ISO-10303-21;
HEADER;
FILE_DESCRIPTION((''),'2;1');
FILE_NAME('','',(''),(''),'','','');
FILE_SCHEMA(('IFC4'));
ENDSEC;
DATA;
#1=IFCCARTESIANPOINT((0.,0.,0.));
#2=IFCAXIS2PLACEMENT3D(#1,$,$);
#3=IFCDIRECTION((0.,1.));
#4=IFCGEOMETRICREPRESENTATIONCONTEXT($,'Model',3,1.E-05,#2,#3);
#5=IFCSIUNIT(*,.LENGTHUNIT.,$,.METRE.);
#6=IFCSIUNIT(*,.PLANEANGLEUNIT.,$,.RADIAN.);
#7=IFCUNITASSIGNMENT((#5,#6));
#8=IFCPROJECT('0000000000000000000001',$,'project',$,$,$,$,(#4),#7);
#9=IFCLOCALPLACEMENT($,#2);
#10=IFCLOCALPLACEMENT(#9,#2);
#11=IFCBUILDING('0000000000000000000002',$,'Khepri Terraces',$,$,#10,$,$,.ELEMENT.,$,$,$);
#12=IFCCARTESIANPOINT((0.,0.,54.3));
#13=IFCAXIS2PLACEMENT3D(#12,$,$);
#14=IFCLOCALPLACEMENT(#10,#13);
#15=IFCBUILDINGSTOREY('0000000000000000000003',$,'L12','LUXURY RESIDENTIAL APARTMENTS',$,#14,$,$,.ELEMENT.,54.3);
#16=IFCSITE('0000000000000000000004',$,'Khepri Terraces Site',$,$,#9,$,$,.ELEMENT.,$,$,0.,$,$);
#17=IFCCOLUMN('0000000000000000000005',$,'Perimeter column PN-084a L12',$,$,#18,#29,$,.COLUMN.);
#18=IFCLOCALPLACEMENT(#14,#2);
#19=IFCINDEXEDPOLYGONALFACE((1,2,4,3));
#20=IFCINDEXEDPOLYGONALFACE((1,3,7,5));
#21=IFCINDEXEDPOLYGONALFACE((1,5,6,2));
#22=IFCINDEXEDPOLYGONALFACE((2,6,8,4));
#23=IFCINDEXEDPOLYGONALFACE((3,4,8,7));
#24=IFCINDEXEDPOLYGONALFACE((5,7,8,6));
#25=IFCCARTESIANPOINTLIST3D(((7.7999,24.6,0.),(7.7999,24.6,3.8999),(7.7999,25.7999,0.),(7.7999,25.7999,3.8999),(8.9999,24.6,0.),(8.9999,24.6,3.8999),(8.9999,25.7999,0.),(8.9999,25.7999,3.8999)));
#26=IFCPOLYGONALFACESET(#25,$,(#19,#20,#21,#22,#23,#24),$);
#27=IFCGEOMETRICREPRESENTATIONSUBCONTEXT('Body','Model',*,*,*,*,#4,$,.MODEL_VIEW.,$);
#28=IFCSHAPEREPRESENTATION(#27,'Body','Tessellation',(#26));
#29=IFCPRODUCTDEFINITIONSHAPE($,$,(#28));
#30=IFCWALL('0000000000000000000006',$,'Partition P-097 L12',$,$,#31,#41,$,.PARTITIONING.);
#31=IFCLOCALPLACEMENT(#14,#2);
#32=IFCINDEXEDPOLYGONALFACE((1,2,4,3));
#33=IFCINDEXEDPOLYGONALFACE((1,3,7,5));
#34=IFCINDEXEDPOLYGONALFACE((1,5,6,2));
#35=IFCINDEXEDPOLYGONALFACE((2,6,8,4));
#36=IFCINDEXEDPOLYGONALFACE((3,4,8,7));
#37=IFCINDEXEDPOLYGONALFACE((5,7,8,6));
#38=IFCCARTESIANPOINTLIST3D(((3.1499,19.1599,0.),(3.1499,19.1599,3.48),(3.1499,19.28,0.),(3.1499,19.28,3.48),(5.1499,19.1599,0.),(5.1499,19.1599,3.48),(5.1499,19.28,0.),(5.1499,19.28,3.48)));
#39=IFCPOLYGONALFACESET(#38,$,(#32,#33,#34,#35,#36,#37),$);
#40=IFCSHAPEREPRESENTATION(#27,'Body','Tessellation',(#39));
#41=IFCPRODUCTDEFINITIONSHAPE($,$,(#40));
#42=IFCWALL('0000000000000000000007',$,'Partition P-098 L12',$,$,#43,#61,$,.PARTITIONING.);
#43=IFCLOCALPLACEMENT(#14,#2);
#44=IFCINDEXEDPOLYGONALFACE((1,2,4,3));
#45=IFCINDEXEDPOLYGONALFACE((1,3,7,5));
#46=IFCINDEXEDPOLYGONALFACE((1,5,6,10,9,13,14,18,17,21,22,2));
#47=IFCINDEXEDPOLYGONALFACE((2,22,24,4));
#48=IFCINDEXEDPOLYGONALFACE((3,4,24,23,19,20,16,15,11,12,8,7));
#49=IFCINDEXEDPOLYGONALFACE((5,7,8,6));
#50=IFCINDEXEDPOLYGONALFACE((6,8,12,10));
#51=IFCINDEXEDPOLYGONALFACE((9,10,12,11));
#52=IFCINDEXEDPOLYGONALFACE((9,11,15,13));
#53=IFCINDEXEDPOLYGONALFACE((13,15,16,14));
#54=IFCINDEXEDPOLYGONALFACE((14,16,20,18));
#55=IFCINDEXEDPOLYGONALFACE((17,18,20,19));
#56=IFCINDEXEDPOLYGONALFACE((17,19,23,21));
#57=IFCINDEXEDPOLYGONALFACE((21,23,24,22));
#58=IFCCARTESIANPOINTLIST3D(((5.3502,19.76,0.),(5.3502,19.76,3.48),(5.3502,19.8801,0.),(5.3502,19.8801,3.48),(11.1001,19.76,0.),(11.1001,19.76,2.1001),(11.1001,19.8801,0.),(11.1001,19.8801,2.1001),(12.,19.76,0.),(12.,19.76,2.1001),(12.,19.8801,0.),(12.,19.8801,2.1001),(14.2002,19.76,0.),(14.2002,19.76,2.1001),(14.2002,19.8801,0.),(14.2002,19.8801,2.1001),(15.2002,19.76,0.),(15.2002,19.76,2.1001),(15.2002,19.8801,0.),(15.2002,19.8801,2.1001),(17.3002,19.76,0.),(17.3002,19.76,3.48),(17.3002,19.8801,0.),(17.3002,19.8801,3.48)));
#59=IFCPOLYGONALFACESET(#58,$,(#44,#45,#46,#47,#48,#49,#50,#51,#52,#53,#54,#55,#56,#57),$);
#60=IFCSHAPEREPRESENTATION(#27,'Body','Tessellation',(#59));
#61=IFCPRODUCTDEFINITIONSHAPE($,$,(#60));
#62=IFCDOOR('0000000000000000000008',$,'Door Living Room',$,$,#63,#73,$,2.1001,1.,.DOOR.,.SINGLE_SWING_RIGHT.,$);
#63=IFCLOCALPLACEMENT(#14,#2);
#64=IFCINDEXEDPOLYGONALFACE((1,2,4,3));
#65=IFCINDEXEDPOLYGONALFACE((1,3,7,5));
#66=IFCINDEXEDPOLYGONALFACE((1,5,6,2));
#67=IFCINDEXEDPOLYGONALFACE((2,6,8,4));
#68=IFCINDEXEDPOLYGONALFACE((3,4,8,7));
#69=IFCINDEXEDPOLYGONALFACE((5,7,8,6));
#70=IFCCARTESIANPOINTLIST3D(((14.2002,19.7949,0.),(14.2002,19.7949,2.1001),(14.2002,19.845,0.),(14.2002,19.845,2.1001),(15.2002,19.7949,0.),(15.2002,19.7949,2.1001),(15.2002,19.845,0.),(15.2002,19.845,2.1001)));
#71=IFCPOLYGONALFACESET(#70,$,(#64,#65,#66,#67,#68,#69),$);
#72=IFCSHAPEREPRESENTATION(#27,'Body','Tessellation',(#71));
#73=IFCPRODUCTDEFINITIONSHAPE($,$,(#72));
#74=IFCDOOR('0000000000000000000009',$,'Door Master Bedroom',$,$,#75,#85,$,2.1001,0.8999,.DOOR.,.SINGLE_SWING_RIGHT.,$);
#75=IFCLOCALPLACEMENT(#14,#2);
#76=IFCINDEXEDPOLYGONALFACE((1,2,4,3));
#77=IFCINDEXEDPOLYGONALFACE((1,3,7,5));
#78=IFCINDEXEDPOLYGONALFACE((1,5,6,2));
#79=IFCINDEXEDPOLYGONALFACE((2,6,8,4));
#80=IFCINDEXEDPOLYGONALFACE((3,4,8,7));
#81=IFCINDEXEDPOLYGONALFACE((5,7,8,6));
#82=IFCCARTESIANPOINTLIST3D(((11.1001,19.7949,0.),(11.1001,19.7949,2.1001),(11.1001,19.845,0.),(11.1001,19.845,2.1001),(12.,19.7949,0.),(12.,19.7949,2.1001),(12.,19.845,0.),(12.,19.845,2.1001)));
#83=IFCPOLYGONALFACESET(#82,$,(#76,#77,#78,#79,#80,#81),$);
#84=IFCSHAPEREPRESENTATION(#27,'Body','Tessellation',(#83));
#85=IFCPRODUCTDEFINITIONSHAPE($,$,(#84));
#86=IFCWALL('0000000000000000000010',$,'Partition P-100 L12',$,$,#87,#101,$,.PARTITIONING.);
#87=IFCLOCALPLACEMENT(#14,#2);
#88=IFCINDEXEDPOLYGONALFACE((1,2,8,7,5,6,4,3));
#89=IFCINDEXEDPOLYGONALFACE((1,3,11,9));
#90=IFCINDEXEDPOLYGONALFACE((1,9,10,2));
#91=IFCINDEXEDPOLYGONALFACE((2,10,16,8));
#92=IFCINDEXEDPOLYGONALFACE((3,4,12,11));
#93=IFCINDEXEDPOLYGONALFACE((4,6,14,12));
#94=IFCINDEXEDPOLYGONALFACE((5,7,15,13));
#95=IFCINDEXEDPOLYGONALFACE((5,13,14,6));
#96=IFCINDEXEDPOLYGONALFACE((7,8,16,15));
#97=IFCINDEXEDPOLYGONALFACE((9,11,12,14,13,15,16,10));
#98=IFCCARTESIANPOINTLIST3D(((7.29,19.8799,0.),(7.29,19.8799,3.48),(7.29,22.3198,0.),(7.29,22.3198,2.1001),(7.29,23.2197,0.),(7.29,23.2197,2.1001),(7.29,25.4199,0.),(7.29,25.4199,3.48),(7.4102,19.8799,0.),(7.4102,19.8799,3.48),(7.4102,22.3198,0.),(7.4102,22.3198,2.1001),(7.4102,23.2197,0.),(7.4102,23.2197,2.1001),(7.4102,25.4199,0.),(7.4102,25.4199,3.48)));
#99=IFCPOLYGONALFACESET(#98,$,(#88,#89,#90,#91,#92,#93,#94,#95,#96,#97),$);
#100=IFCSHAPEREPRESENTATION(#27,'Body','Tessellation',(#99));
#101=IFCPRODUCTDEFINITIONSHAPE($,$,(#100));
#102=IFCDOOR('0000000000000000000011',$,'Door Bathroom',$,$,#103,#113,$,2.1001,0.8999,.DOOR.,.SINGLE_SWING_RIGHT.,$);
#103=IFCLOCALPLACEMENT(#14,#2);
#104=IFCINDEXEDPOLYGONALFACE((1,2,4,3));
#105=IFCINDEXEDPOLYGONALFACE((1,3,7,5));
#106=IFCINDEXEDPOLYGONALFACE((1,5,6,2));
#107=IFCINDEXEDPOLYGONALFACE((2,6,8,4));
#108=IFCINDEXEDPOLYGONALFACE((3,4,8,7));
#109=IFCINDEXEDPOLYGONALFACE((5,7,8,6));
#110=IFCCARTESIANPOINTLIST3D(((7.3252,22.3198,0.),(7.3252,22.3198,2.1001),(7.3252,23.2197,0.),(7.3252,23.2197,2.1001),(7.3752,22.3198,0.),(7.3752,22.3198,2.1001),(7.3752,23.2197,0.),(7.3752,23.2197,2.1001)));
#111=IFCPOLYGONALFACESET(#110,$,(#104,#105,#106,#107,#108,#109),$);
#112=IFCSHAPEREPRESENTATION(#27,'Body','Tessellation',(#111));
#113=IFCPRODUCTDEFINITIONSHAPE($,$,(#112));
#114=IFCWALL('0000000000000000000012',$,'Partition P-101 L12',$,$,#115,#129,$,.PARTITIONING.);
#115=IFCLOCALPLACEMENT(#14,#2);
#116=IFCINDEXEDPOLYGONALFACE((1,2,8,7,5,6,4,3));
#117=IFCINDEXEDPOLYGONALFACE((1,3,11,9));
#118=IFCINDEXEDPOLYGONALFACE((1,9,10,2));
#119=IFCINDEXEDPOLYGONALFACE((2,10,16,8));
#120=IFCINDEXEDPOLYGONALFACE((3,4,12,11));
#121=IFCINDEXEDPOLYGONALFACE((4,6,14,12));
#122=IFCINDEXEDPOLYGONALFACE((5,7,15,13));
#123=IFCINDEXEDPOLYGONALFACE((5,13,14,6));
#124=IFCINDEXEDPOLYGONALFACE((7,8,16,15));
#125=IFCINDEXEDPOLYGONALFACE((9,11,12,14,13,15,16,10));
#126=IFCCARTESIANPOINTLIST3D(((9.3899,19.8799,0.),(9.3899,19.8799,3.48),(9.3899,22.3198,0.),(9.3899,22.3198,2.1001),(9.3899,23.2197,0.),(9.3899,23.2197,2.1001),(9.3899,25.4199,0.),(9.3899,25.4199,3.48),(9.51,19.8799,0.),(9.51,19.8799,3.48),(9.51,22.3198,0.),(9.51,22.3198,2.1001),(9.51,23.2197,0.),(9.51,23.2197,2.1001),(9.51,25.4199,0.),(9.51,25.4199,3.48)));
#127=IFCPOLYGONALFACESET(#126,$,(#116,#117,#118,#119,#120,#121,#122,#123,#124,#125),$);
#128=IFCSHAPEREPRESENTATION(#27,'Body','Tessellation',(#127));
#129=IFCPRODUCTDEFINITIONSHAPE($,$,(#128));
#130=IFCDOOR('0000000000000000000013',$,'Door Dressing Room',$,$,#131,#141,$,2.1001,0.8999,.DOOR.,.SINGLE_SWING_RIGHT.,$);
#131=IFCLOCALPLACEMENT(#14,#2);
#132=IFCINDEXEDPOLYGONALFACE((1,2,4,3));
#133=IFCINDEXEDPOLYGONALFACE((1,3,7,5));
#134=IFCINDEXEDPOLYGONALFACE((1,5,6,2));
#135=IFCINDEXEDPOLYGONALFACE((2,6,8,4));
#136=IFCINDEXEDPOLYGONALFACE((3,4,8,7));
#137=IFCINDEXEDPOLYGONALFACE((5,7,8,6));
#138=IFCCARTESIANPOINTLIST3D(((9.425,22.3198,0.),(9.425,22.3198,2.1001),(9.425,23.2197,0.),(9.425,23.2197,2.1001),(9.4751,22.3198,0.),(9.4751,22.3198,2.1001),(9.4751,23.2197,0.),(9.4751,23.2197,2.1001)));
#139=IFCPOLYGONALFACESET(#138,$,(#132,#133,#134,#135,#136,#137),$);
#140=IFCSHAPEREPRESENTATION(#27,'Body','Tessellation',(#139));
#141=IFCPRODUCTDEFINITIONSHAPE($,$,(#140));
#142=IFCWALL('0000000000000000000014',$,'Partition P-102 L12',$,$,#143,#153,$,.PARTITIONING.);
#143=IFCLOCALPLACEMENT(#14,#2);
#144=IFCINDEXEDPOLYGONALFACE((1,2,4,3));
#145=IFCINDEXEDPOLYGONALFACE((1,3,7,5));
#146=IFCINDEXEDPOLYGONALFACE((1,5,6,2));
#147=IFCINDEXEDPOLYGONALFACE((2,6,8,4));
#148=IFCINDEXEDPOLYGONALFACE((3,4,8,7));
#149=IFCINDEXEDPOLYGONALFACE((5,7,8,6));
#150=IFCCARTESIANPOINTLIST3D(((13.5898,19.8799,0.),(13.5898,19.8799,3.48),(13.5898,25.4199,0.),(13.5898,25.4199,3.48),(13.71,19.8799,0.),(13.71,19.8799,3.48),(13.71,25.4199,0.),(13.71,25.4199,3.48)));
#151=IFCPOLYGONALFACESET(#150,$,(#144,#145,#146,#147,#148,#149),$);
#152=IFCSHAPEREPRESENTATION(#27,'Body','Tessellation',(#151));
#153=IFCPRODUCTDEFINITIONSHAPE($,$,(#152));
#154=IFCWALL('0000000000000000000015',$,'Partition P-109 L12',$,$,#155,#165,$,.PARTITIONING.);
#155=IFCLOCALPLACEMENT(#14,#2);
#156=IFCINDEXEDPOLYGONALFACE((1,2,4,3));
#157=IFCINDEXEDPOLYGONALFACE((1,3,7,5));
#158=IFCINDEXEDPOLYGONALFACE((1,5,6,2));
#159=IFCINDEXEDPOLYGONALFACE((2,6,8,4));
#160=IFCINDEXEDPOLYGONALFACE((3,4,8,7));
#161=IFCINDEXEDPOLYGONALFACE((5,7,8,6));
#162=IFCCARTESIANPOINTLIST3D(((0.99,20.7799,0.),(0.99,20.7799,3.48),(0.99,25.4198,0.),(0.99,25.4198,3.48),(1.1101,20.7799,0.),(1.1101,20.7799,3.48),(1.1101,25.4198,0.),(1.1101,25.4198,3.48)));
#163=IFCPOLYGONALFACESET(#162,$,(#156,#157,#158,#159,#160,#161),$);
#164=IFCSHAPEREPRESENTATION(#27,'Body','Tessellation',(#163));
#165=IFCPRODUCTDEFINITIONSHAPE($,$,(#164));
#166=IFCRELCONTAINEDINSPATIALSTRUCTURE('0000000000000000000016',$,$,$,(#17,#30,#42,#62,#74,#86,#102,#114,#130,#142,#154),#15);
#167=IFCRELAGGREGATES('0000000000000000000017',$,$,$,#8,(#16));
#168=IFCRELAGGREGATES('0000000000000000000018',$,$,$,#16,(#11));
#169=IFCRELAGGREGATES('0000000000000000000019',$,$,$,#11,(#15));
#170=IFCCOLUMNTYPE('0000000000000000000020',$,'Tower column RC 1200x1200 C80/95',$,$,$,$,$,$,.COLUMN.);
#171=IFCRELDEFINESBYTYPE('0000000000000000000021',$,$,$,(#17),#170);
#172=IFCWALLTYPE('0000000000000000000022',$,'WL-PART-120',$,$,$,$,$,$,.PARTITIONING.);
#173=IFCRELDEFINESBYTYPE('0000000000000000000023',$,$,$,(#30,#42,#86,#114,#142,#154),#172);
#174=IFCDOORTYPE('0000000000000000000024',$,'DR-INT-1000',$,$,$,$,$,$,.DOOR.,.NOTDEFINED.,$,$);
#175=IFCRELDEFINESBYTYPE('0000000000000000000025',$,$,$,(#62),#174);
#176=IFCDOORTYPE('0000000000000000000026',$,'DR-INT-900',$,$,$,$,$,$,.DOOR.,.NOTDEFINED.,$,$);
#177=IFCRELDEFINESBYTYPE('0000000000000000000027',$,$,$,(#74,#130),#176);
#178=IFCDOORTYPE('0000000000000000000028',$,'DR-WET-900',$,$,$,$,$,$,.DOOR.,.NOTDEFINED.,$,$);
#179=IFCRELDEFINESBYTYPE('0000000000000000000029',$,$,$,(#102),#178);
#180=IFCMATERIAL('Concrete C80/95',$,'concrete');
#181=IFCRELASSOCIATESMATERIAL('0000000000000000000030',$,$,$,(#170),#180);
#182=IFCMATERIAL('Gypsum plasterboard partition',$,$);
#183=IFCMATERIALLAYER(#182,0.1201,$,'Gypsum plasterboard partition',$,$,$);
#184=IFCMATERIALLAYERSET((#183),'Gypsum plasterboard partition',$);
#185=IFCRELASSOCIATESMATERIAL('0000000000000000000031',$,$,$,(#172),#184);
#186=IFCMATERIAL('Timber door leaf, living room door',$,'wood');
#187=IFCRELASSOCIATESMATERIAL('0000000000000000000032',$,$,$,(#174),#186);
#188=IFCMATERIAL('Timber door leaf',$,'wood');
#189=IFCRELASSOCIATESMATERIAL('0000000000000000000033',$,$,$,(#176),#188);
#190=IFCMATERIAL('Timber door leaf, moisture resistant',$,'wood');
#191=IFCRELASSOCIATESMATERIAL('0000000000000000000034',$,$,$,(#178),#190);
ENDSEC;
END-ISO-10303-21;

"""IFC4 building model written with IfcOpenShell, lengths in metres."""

from ifc_helpers import new_model, si_unit, direction, frame, frame_2d, origin, origin_2d, place, context, subcontext, project, spatial, rectangle, extrude, material, layer, layer_set, material_profile, profile_set, type_object, element, fill, save


model = new_model("IFC4")

# Units and contexts
model_context = context("Model", 3, precision=1e-05, world=origin(), true_north=direction((0.0, 1.0)))
body_context = subcontext(model_context, "Body", "Model", "MODEL_VIEW")
ifc_project = project(units=[si_unit("LENGTHUNIT", "METRE"), si_unit("PLANEANGLEUNIT", "RADIAN")], contexts=[model_context])

# Site, building, storey
site_placement = place(None, origin())
site = spatial("IfcSite", under=ifc_project, at=site_placement, Name="Khepri Terraces Site", CompositionType="ELEMENT", RefElevation=0.0)
building_placement = place(site_placement, origin())
building = spatial("IfcBuilding", under=site, at=building_placement, Name="Khepri Terraces", CompositionType="ELEMENT")
storey_placement = place(building_placement, frame((0.0, 0.0, 54.3)))
storey = spatial("IfcBuildingStorey", under=building, at=storey_placement, Name="L12", Description="LUXURY RESIDENTIAL APARTMENTS", CompositionType="ELEMENT", Elevation=54.3)

# Column
ifc_material_1 = material(Name="Concrete C80/95", Category="concrete")
ifc_material_profile = material_profile(ifc_material_1, rectangle(XDim=1.2, YDim=1.2, at=origin_2d()), Name="Concrete C80/95", Category="concrete")
ifc_profile_set = profile_set([ifc_material_profile], Name="Concrete C80/95")
column_type = type_object("IfcColumnType", Name="Tower column RC 1200x1200 C80/95", PredefinedType="COLUMN", material=ifc_profile_set)
column_placement = place(storey_placement, frame((8.3999, 25.2, 0.0), z_axis=(0.0, 0.0, 1.0), x_axis=(1.0, 0.0, 0.0)))
element("IfcColumn", 1, at=column_placement, inside=storey, type_object=column_type, Name="Perimeter column PN-084a L12", PredefinedType="COLUMN", context=body_context, shape_type="SweptSolid", body=[
    extrude(rectangle(XDim=1.2, YDim=1.2, at=origin_2d()), origin(), (0.0, 0.0, 1.0), 3.8999),
])

# Wall
ifc_material_2 = material(Name="Gypsum plasterboard partition")
ifc_layer_1 = layer(ifc_material_2, 0.1201, Name="Gypsum plasterboard partition")
ifc_layer_set_1 = layer_set([ifc_layer_1], Name="Gypsum plasterboard partition")
wall_type_1 = type_object("IfcWallType", Name="WL-PART-120", PredefinedType="PARTITIONING", material=ifc_layer_set_1)
wall_1_placement = place(storey_placement, frame((3.1499, 19.22, 0.0), z_axis=(0.0, 0.0, 1.0), x_axis=(1.0, 0.0, 0.0)))
element("IfcWall", 2, at=wall_1_placement, inside=storey, type_object=wall_type_1, Name="Partition P-097 L12", PredefinedType="PARTITIONING", context=body_context, shape_type="SweptSolid", body=[
    extrude(rectangle(XDim=2.0, YDim=0.1201, at=frame_2d((1.0, 0.0))), origin(), (0.0, 0.0, 1.0), 3.48),
])

# Wall, openings, doors
wall_2_placement = place(storey_placement, frame((5.3501, 19.8201, 0.0), z_axis=(0.0, 0.0, 1.0), x_axis=(1.0, 0.0, 0.0)))
wall_2 = element("IfcWall", 3, at=wall_2_placement, inside=storey, type_object=wall_type_1, Name="Partition P-098 L12", PredefinedType="PARTITIONING", context=body_context, shape_type="SweptSolid", body=[
    extrude(rectangle(XDim=11.95, YDim=0.1201, at=frame_2d((5.9751, 0.0))), origin(), (0.0, 0.0, 1.0), 3.48),
])
opening_1_placement = place(wall_2_placement, frame((8.8501, 0.0, 0.0)))
opening_1 = element("IfcOpeningElement", 4, at=opening_1_placement, cuts=wall_2, PredefinedType="OPENING", context=body_context, shape_type="SweptSolid", body=[
    extrude(rectangle(XDim=1.0, YDim=2.1001, at=frame_2d((0.5, 1.05))), frame((0.0, 0.0701, 0.0), z_axis=(0.0, -1.0, 0.0), x_axis=(1.0, 0.0, 0.0)), (0.0, 0.0, 1.0), 0.1401),
])
opening_2_placement = place(wall_2_placement, frame((5.75, 0.0, 0.0)))
opening_2 = element("IfcOpeningElement", 5, at=opening_2_placement, cuts=wall_2, PredefinedType="OPENING", context=body_context, shape_type="SweptSolid", body=[
    extrude(rectangle(XDim=0.8999, YDim=2.1001, at=frame_2d((0.45, 1.05))), frame((0.0, 0.0701, 0.0), z_axis=(0.0, -1.0, 0.0), x_axis=(1.0, 0.0, 0.0)), (0.0, 0.0, 1.0), 0.1401),
])
ifc_material_3 = material(Name="Timber door leaf, living room door", Category="wood")
door_type_1 = type_object("IfcDoorType", Name="DR-INT-1000", OperationType="NOTDEFINED", PredefinedType="DOOR", material=ifc_material_3)
door_1_placement = place(opening_1_placement, origin())
door_1 = element("IfcDoor", 6, at=door_1_placement, inside=storey, type_object=door_type_1, Name="Door Living Room", OperationType="SINGLE_SWING_RIGHT", OverallHeight=2.1001, OverallWidth=1.0, PredefinedType="DOOR", context=body_context, shape_type="SweptSolid", body=[
    extrude(rectangle(XDim=1.0, YDim=2.1001, at=frame_2d((0.5, 1.05))), frame((0.0, 0.0249, 0.0), z_axis=(0.0, -1.0, 0.0), x_axis=(1.0, 0.0, 0.0)), (0.0, 0.0, 1.0), 0.05),
])
fill(opening_1, door_1)
ifc_material_4 = material(Name="Timber door leaf", Category="wood")
door_type_2 = type_object("IfcDoorType", Name="DR-INT-900", OperationType="NOTDEFINED", PredefinedType="DOOR", material=ifc_material_4)
door_2_placement = place(opening_2_placement, origin())
door_2 = element("IfcDoor", 7, at=door_2_placement, inside=storey, type_object=door_type_2, Name="Door Master Bedroom", OperationType="SINGLE_SWING_RIGHT", OverallHeight=2.1001, OverallWidth=0.8999, PredefinedType="DOOR", context=body_context, shape_type="SweptSolid", body=[
    extrude(rectangle(XDim=0.8999, YDim=2.1001, at=frame_2d((0.45, 1.05))), frame((0.0, 0.0249, 0.0), z_axis=(0.0, -1.0, 0.0), x_axis=(1.0, 0.0, 0.0)), (0.0, 0.0, 1.0), 0.05),
])
fill(opening_2, door_2)

# Walls, openings, doors
wall_3_placement = place(storey_placement, frame((7.3501, 19.8799, 0.0), z_axis=(0.0, 0.0, 1.0), x_axis=(0.0, 1.0, 0.0)))
wall_3 = element("IfcWall", 8, at=wall_3_placement, inside=storey, type_object=wall_type_1, Name="Partition P-100 L12", PredefinedType="PARTITIONING", context=body_context, shape_type="SweptSolid", body=[
    extrude(rectangle(XDim=5.54, YDim=0.1201, at=frame_2d((2.77, 0.0))), origin(), (0.0, 0.0, 1.0), 3.48),
])
opening_3_placement = place(wall_3_placement, frame((2.4399, 0.0, 0.0)))
opening_3 = element("IfcOpeningElement", 9, at=opening_3_placement, cuts=wall_3, PredefinedType="OPENING", context=body_context, shape_type="SweptSolid", body=[
    extrude(rectangle(XDim=0.8999, YDim=2.1001, at=frame_2d((0.45, 1.05))), frame((0.0, 0.0701, 0.0), z_axis=(0.0, -1.0, 0.0), x_axis=(1.0, 0.0, 0.0)), (0.0, 0.0, 1.0), 0.1401),
])
ifc_material_5 = material(Name="Timber door leaf, moisture resistant", Category="wood")
door_type_3 = type_object("IfcDoorType", Name="DR-WET-900", OperationType="NOTDEFINED", PredefinedType="DOOR", material=ifc_material_5)
door_3_placement = place(opening_3_placement, origin())
door_3 = element("IfcDoor", 10, at=door_3_placement, inside=storey, type_object=door_type_3, Name="Door Bathroom", OperationType="SINGLE_SWING_RIGHT", OverallHeight=2.1001, OverallWidth=0.8999, PredefinedType="DOOR", context=body_context, shape_type="SweptSolid", body=[
    extrude(rectangle(XDim=0.8999, YDim=2.1001, at=frame_2d((0.45, 1.05))), frame((0.0, 0.0249, 0.0), z_axis=(0.0, -1.0, 0.0), x_axis=(1.0, 0.0, 0.0)), (0.0, 0.0, 1.0), 0.05),
])
fill(opening_3, door_3)
wall_4_placement = place(storey_placement, frame((9.45, 19.8799, 0.0), z_axis=(0.0, 0.0, 1.0), x_axis=(0.0, 1.0, 0.0)))
wall_4 = element("IfcWall", 11, at=wall_4_placement, inside=storey, type_object=wall_type_1, Name="Partition P-101 L12", PredefinedType="PARTITIONING", context=body_context, shape_type="SweptSolid", body=[
    extrude(rectangle(XDim=5.54, YDim=0.1201, at=frame_2d((2.77, 0.0))), origin(), (0.0, 0.0, 1.0), 3.48),
])
opening_4_placement = place(wall_4_placement, frame((2.4399, 0.0, 0.0)))
opening_4 = element("IfcOpeningElement", 12, at=opening_4_placement, cuts=wall_4, PredefinedType="OPENING", context=body_context, shape_type="SweptSolid", body=[
    extrude(rectangle(XDim=0.8999, YDim=2.1001, at=frame_2d((0.45, 1.05))), frame((0.0, 0.0701, 0.0), z_axis=(0.0, -1.0, 0.0), x_axis=(1.0, 0.0, 0.0)), (0.0, 0.0, 1.0), 0.1401),
])
door_4_placement = place(opening_4_placement, origin())
door_4 = element("IfcDoor", 13, at=door_4_placement, inside=storey, type_object=door_type_2, Name="Door Dressing Room", OperationType="SINGLE_SWING_RIGHT", OverallHeight=2.1001, OverallWidth=0.8999, PredefinedType="DOOR", context=body_context, shape_type="SweptSolid", body=[
    extrude(rectangle(XDim=0.8999, YDim=2.1001, at=frame_2d((0.45, 1.05))), frame((0.0, 0.0249, 0.0), z_axis=(0.0, -1.0, 0.0), x_axis=(1.0, 0.0, 0.0)), (0.0, 0.0, 1.0), 0.05),
])
fill(opening_4, door_4)

# Walls
wall_5_placement = place(storey_placement, frame((13.6499, 19.8799, 0.0), z_axis=(0.0, 0.0, 1.0), x_axis=(0.0, 1.0, 0.0)))
element("IfcWall", 14, at=wall_5_placement, inside=storey, type_object=wall_type_1, Name="Partition P-102 L12", PredefinedType="PARTITIONING", context=body_context, shape_type="SweptSolid", body=[
    extrude(rectangle(XDim=5.54, YDim=0.1201, at=frame_2d((2.77, 0.0))), origin(), (0.0, 0.0, 1.0), 3.48),
])
wall_6_placement = place(storey_placement, frame((1.05, 20.78, 0.0), z_axis=(0.0, 0.0, 1.0), x_axis=(0.0, 1.0, 0.0)))
element("IfcWall", 15, at=wall_6_placement, inside=storey, type_object=wall_type_1, Name="Partition P-109 L12", PredefinedType="PARTITIONING", context=body_context, shape_type="SweptSolid", body=[
    extrude(rectangle(XDim=4.6399, YDim=0.1201, at=frame_2d((2.3198, 0.0))), origin(), (0.0, 0.0, 1.0), 3.48),
])

save(model, "model.ifc")
